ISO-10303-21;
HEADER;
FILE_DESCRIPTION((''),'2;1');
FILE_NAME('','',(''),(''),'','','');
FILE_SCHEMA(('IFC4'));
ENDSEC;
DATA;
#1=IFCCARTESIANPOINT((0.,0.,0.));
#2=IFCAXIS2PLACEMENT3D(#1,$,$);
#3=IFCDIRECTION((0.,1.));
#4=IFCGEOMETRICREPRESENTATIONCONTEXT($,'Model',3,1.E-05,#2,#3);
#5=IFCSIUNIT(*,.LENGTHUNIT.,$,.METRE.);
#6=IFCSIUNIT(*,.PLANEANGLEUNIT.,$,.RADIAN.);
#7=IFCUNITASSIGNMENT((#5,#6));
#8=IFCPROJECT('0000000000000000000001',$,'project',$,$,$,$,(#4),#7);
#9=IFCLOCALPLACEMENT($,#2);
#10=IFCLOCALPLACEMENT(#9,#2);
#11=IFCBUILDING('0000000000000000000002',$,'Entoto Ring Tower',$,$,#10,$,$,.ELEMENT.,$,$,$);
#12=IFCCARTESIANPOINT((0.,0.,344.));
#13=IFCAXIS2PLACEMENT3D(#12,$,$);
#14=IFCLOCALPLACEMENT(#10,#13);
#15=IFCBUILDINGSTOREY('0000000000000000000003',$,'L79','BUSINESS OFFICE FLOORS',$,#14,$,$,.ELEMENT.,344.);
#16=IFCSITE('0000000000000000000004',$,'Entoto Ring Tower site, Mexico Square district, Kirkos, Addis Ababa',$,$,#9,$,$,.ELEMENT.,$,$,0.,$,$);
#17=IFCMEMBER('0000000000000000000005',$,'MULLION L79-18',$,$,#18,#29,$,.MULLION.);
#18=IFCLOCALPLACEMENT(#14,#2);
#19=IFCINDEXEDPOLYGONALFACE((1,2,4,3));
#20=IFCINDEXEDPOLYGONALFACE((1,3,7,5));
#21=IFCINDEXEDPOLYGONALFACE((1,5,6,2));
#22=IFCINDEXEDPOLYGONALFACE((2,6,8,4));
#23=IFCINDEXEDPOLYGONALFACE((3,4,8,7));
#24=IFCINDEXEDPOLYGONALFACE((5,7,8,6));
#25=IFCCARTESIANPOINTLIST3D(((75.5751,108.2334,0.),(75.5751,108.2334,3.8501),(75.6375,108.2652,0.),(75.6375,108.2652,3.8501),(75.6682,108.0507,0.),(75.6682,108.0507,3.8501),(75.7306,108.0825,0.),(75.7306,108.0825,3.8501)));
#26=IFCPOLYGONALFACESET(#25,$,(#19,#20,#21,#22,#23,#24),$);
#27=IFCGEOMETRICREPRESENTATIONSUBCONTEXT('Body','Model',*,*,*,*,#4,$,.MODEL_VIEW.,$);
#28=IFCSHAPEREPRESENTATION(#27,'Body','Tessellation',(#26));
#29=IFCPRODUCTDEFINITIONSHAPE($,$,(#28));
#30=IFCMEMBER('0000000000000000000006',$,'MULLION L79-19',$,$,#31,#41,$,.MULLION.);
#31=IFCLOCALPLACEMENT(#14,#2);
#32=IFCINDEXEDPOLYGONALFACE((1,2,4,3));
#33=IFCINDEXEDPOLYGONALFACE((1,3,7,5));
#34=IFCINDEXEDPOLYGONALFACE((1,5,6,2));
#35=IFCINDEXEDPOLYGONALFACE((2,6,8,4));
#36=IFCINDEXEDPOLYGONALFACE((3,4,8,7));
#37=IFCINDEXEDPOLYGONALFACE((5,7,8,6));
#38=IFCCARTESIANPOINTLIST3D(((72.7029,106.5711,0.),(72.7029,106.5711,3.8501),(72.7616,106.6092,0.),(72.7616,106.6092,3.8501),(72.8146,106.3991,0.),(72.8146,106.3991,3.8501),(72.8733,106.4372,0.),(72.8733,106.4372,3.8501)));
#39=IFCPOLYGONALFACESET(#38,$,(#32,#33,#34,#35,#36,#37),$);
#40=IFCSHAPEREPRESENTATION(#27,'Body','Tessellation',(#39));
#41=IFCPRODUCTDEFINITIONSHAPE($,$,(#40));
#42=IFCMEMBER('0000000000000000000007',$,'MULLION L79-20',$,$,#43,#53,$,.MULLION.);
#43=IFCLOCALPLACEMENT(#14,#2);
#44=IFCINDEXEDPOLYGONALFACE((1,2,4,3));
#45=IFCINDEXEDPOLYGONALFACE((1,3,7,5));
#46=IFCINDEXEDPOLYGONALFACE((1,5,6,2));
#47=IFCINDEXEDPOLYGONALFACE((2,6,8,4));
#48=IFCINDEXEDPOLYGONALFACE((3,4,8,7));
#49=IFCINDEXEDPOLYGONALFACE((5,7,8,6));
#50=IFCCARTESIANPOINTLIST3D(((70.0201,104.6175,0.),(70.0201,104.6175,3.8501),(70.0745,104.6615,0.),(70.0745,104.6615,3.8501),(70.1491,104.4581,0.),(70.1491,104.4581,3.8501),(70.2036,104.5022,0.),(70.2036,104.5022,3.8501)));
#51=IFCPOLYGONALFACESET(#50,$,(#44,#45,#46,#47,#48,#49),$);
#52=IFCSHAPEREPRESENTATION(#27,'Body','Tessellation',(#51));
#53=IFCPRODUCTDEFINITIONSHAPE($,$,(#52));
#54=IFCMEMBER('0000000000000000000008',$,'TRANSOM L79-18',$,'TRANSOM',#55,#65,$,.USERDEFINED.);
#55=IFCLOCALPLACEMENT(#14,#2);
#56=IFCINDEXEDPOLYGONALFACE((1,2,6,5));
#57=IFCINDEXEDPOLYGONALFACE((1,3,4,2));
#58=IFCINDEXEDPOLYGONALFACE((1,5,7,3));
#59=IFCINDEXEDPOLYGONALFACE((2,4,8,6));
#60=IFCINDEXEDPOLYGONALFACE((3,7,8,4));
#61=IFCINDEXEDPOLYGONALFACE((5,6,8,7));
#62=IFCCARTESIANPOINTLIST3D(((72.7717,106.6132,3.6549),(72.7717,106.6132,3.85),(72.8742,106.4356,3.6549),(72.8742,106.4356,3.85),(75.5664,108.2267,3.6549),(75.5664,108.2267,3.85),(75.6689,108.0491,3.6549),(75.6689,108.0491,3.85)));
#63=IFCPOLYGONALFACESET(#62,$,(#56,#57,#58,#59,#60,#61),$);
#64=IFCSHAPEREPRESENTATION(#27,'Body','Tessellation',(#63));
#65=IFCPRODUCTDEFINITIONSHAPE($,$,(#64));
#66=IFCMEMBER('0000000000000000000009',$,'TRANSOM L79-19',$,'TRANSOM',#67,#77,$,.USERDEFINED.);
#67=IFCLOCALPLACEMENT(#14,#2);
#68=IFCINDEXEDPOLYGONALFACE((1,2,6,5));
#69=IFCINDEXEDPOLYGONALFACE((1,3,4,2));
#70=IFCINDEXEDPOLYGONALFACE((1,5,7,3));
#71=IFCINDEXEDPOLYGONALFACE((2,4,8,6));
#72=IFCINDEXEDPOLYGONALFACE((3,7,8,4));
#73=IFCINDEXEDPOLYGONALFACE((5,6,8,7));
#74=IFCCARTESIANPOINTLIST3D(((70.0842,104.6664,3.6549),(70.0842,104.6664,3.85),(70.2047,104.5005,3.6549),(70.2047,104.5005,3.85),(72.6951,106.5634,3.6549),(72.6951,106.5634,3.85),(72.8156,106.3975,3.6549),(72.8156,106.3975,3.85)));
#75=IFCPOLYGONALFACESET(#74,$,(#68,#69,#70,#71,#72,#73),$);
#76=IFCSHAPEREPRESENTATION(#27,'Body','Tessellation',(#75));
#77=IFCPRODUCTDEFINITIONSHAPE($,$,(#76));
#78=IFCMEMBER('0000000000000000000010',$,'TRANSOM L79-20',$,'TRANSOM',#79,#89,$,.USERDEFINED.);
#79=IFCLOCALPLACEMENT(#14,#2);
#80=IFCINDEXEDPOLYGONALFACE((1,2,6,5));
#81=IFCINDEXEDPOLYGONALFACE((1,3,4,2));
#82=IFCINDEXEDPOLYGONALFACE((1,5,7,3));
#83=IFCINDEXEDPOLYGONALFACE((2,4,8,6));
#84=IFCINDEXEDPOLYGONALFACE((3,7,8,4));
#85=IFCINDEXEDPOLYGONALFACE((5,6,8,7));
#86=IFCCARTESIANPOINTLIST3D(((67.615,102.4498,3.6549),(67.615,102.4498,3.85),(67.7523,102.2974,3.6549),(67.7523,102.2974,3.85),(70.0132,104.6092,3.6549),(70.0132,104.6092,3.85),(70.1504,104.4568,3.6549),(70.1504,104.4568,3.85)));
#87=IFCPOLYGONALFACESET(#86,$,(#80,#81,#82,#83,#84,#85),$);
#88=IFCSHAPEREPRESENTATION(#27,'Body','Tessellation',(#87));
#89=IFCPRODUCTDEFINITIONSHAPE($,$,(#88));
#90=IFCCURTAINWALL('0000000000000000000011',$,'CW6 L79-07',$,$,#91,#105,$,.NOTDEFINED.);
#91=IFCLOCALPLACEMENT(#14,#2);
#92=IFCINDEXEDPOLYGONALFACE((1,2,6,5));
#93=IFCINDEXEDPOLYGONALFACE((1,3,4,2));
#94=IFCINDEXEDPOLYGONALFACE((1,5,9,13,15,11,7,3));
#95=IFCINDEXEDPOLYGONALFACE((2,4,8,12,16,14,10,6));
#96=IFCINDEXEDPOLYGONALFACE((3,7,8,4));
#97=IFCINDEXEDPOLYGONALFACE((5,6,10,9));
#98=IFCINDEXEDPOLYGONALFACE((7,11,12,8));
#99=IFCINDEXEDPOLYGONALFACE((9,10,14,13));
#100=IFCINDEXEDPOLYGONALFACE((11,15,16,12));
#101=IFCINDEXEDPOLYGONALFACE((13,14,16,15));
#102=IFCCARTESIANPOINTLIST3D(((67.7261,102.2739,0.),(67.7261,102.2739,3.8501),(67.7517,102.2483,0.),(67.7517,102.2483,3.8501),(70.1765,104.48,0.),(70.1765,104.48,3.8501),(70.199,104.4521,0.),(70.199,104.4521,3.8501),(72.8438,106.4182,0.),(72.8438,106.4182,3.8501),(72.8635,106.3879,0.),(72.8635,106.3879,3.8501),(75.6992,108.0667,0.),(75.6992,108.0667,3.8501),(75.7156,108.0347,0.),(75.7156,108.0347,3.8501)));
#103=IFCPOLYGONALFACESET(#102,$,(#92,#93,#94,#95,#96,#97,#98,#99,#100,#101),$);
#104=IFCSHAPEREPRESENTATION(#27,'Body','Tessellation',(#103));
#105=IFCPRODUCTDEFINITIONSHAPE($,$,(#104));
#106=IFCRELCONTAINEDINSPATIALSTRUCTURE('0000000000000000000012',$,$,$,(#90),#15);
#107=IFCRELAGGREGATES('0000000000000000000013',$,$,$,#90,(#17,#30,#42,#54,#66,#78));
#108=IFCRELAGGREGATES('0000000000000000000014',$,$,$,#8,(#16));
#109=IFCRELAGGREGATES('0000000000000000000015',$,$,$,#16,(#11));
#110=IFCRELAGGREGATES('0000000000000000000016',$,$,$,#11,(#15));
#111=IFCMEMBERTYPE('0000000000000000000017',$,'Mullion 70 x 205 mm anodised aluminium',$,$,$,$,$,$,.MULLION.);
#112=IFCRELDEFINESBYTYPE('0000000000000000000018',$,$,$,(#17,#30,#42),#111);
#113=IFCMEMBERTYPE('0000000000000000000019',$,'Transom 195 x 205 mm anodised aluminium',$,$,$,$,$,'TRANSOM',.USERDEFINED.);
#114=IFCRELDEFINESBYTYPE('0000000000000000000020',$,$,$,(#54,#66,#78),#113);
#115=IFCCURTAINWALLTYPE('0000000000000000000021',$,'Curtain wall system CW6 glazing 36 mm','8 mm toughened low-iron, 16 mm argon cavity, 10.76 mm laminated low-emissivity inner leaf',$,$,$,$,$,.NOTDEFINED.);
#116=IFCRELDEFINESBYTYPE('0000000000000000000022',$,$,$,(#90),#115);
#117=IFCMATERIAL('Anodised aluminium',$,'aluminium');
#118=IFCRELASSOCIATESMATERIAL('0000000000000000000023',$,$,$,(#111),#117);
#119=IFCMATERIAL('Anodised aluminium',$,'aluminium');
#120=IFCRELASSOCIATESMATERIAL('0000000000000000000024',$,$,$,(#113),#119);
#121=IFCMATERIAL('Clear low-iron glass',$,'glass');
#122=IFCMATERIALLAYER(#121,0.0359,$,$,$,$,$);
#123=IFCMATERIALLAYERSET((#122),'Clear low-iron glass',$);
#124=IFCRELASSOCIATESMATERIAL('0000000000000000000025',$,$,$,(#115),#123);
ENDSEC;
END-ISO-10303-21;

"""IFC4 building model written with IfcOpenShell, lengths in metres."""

from ifc_helpers import new_model, si_unit, direction, frame, origin, origin_2d, place, context, subcontext, project, spatial, polyline, rectangle, outline, extrude, material, layer, layer_set, material_profile, profile_set, type_object, element, aggregate, save


model = new_model("IFC4")

# Units and contexts
model_context = context("Model", 3, precision=1e-05, world=origin(), true_north=direction((0.0, 1.0)))
body_context = subcontext(model_context, "Body", "Model", "MODEL_VIEW")
ifc_project = project(units=[si_unit("LENGTHUNIT", "METRE"), si_unit("PLANEANGLEUNIT", "RADIAN")], contexts=[model_context])

# Members
ifc_material_1 = material(Name="Anodised aluminium", Category="aluminium")
ifc_material_profile_1 = material_profile(ifc_material_1, rectangle(XDim=0.0701, YDim=0.2051, at=origin_2d()), Name="Mullion 70 x 205 mm anodised aluminium")
ifc_profile_set_1 = profile_set([ifc_material_profile_1], Name="Anodised aluminium")
member_type_1 = type_object("IfcMemberType", Name="Mullion 70 x 205 mm anodised aluminium", PredefinedType="MULLION", material=ifc_profile_set_1)
site_placement = place(None, origin())
building_placement = place(site_placement, origin())
storey_placement = place(building_placement, frame((0.0, 0.0, 344.0)))
member_1_placement = place(storey_placement, frame((75.6528, 108.158, 0.0), z_axis=(0.0, 0.0, 1.0), x_axis=(-0.891007, -0.45399, 0.0)))
member_1 = element("IfcMember", 1, at=member_1_placement, type_object=member_type_1, Name="MULLION L79-18", PredefinedType="MULLION", context=body_context, shape_type="SweptSolid", body=[
    extrude(rectangle(XDim=0.0701, YDim=0.2051, at=origin_2d()), origin(), (0.0, 0.0, 1.0), 3.8501),
])
member_2_placement = place(storey_placement, frame((72.7881, 106.5042, 0.0), z_axis=(0.0, 0.0, 1.0), x_axis=(-0.838671, -0.544639, 0.0)))
member_2 = element("IfcMember", 2, at=member_2_placement, type_object=member_type_1, Name="MULLION L79-19", PredefinedType="MULLION", context=body_context, shape_type="SweptSolid", body=[
    extrude(rectangle(XDim=0.0701, YDim=0.2051, at=origin_2d()), origin(), (0.0, 0.0, 1.0), 3.8501),
])
member_3_placement = place(storey_placement, frame((70.1118, 104.5598, 0.0), z_axis=(0.0, 0.0, 1.0), x_axis=(-0.777146, -0.62932, 0.0)))
member_3 = element("IfcMember", 3, at=member_3_placement, type_object=member_type_1, Name="MULLION L79-20", PredefinedType="MULLION", context=body_context, shape_type="SweptSolid", body=[
    extrude(rectangle(XDim=0.0701, YDim=0.2051, at=origin_2d()), origin(), (0.0, 0.0, 1.0), 3.8501),
])
ifc_material_2 = material(Name="Anodised aluminium", Category="aluminium")
ifc_material_profile_2 = material_profile(ifc_material_2, rectangle(XDim=0.2051, YDim=0.1951, at=origin_2d()), Name="Transom 195 x 205 mm anodised aluminium")
ifc_profile_set_2 = profile_set([ifc_material_profile_2], Name="Anodised aluminium")
member_type_2 = type_object("IfcMemberType", Name="Transom 195 x 205 mm anodised aluminium", ElementType="TRANSOM", PredefinedType="USERDEFINED", material=ifc_profile_set_2)
member_4_placement = place(storey_placement, frame((75.6177, 108.1379, 3.7524), z_axis=(-0.866023, -0.500004, 0.0), x_axis=(0.500004, -0.866023, 0.0)))
member_4 = element("IfcMember", 4, at=member_4_placement, type_object=member_type_2, Name="TRANSOM L79-18", ObjectType="TRANSOM", PredefinedType="USERDEFINED", context=body_context, shape_type="SweptSolid", body=[
    extrude(rectangle(XDim=0.2051, YDim=0.1951, at=origin_2d()), origin(), (0.0, 0.0, 1.0), 3.2271),
])
member_5_placement = place(storey_placement, frame((72.7554, 106.4805, 3.7524), z_axis=(-0.809004, -0.587803, 0.0), x_axis=(0.587803, -0.809004, 0.0)))
member_5 = element("IfcMember", 5, at=member_5_placement, type_object=member_type_2, Name="TRANSOM L79-19", ObjectType="TRANSOM", PredefinedType="USERDEFINED", context=body_context, shape_type="SweptSolid", body=[
    extrude(rectangle(XDim=0.2051, YDim=0.1951, at=origin_2d()), origin(), (0.0, 0.0, 1.0), 3.2273),
])
member_6_placement = place(storey_placement, frame((70.0818, 104.533, 3.7524), z_axis=(-0.743132, -0.669144, 0.0), x_axis=(0.669144, -0.743132, 0.0)))
member_6 = element("IfcMember", 6, at=member_6_placement, type_object=member_type_2, Name="TRANSOM L79-20", ObjectType="TRANSOM", PredefinedType="USERDEFINED", context=body_context, shape_type="SweptSolid", body=[
    extrude(rectangle(XDim=0.2051, YDim=0.1951, at=origin_2d()), origin(), (0.0, 0.0, 1.0), 3.2271),
])

# Site, building, storey
site = spatial("IfcSite", under=ifc_project, at=site_placement, Name="Entoto Ring Tower site, Mexico Square district, Kirkos, Addis Ababa", CompositionType="ELEMENT", RefElevation=0.0)
building = spatial("IfcBuilding", under=site, at=building_placement, Name="Entoto Ring Tower", CompositionType="ELEMENT")
storey = spatial("IfcBuildingStorey", under=building, at=storey_placement, Name="L79", Description="BUSINESS OFFICE FLOORS", CompositionType="ELEMENT", Elevation=344.0)

# Curtain wall
ifc_material_3 = material(Name="Clear low-iron glass", Category="glass")
ifc_layer = layer(ifc_material_3, 0.0359)
ifc_layer_set = layer_set([ifc_layer], Name="Clear low-iron glass")
curtain_wall_type = type_object("IfcCurtainWallType", Name="Curtain wall system CW6 glazing 36 mm", Description="8 mm toughened low-iron, 16 mm argon cavity, 10.76 mm laminated low-emissivity inner leaf", PredefinedType="NOTDEFINED", material=ifc_layer_set)
curtain_wall_1_placement = place(storey_placement, origin())
curtain_wall_1 = element("IfcCurtainWall", 7, at=curtain_wall_1_placement, inside=storey, type_object=curtain_wall_type, Name="CW6 L79-07", PredefinedType="NOTDEFINED", context=body_context, shape_type="SweptSolid", body=[
    extrude(outline(polyline([(75.6992, 108.0667), (72.8438, 106.4182), (70.1765, 104.48), (67.7261, 102.2739), (67.7517, 102.2483), (70.199, 104.4521), (72.8635, 106.3879), (75.7156, 108.0347), (75.6992, 108.0667)])), origin(), (0.0, 0.0, 1.0), 3.8501),
])
aggregate(curtain_wall_1, [member_1, member_2, member_3, member_4, member_5, member_6])

save(model, "model.ifc")
